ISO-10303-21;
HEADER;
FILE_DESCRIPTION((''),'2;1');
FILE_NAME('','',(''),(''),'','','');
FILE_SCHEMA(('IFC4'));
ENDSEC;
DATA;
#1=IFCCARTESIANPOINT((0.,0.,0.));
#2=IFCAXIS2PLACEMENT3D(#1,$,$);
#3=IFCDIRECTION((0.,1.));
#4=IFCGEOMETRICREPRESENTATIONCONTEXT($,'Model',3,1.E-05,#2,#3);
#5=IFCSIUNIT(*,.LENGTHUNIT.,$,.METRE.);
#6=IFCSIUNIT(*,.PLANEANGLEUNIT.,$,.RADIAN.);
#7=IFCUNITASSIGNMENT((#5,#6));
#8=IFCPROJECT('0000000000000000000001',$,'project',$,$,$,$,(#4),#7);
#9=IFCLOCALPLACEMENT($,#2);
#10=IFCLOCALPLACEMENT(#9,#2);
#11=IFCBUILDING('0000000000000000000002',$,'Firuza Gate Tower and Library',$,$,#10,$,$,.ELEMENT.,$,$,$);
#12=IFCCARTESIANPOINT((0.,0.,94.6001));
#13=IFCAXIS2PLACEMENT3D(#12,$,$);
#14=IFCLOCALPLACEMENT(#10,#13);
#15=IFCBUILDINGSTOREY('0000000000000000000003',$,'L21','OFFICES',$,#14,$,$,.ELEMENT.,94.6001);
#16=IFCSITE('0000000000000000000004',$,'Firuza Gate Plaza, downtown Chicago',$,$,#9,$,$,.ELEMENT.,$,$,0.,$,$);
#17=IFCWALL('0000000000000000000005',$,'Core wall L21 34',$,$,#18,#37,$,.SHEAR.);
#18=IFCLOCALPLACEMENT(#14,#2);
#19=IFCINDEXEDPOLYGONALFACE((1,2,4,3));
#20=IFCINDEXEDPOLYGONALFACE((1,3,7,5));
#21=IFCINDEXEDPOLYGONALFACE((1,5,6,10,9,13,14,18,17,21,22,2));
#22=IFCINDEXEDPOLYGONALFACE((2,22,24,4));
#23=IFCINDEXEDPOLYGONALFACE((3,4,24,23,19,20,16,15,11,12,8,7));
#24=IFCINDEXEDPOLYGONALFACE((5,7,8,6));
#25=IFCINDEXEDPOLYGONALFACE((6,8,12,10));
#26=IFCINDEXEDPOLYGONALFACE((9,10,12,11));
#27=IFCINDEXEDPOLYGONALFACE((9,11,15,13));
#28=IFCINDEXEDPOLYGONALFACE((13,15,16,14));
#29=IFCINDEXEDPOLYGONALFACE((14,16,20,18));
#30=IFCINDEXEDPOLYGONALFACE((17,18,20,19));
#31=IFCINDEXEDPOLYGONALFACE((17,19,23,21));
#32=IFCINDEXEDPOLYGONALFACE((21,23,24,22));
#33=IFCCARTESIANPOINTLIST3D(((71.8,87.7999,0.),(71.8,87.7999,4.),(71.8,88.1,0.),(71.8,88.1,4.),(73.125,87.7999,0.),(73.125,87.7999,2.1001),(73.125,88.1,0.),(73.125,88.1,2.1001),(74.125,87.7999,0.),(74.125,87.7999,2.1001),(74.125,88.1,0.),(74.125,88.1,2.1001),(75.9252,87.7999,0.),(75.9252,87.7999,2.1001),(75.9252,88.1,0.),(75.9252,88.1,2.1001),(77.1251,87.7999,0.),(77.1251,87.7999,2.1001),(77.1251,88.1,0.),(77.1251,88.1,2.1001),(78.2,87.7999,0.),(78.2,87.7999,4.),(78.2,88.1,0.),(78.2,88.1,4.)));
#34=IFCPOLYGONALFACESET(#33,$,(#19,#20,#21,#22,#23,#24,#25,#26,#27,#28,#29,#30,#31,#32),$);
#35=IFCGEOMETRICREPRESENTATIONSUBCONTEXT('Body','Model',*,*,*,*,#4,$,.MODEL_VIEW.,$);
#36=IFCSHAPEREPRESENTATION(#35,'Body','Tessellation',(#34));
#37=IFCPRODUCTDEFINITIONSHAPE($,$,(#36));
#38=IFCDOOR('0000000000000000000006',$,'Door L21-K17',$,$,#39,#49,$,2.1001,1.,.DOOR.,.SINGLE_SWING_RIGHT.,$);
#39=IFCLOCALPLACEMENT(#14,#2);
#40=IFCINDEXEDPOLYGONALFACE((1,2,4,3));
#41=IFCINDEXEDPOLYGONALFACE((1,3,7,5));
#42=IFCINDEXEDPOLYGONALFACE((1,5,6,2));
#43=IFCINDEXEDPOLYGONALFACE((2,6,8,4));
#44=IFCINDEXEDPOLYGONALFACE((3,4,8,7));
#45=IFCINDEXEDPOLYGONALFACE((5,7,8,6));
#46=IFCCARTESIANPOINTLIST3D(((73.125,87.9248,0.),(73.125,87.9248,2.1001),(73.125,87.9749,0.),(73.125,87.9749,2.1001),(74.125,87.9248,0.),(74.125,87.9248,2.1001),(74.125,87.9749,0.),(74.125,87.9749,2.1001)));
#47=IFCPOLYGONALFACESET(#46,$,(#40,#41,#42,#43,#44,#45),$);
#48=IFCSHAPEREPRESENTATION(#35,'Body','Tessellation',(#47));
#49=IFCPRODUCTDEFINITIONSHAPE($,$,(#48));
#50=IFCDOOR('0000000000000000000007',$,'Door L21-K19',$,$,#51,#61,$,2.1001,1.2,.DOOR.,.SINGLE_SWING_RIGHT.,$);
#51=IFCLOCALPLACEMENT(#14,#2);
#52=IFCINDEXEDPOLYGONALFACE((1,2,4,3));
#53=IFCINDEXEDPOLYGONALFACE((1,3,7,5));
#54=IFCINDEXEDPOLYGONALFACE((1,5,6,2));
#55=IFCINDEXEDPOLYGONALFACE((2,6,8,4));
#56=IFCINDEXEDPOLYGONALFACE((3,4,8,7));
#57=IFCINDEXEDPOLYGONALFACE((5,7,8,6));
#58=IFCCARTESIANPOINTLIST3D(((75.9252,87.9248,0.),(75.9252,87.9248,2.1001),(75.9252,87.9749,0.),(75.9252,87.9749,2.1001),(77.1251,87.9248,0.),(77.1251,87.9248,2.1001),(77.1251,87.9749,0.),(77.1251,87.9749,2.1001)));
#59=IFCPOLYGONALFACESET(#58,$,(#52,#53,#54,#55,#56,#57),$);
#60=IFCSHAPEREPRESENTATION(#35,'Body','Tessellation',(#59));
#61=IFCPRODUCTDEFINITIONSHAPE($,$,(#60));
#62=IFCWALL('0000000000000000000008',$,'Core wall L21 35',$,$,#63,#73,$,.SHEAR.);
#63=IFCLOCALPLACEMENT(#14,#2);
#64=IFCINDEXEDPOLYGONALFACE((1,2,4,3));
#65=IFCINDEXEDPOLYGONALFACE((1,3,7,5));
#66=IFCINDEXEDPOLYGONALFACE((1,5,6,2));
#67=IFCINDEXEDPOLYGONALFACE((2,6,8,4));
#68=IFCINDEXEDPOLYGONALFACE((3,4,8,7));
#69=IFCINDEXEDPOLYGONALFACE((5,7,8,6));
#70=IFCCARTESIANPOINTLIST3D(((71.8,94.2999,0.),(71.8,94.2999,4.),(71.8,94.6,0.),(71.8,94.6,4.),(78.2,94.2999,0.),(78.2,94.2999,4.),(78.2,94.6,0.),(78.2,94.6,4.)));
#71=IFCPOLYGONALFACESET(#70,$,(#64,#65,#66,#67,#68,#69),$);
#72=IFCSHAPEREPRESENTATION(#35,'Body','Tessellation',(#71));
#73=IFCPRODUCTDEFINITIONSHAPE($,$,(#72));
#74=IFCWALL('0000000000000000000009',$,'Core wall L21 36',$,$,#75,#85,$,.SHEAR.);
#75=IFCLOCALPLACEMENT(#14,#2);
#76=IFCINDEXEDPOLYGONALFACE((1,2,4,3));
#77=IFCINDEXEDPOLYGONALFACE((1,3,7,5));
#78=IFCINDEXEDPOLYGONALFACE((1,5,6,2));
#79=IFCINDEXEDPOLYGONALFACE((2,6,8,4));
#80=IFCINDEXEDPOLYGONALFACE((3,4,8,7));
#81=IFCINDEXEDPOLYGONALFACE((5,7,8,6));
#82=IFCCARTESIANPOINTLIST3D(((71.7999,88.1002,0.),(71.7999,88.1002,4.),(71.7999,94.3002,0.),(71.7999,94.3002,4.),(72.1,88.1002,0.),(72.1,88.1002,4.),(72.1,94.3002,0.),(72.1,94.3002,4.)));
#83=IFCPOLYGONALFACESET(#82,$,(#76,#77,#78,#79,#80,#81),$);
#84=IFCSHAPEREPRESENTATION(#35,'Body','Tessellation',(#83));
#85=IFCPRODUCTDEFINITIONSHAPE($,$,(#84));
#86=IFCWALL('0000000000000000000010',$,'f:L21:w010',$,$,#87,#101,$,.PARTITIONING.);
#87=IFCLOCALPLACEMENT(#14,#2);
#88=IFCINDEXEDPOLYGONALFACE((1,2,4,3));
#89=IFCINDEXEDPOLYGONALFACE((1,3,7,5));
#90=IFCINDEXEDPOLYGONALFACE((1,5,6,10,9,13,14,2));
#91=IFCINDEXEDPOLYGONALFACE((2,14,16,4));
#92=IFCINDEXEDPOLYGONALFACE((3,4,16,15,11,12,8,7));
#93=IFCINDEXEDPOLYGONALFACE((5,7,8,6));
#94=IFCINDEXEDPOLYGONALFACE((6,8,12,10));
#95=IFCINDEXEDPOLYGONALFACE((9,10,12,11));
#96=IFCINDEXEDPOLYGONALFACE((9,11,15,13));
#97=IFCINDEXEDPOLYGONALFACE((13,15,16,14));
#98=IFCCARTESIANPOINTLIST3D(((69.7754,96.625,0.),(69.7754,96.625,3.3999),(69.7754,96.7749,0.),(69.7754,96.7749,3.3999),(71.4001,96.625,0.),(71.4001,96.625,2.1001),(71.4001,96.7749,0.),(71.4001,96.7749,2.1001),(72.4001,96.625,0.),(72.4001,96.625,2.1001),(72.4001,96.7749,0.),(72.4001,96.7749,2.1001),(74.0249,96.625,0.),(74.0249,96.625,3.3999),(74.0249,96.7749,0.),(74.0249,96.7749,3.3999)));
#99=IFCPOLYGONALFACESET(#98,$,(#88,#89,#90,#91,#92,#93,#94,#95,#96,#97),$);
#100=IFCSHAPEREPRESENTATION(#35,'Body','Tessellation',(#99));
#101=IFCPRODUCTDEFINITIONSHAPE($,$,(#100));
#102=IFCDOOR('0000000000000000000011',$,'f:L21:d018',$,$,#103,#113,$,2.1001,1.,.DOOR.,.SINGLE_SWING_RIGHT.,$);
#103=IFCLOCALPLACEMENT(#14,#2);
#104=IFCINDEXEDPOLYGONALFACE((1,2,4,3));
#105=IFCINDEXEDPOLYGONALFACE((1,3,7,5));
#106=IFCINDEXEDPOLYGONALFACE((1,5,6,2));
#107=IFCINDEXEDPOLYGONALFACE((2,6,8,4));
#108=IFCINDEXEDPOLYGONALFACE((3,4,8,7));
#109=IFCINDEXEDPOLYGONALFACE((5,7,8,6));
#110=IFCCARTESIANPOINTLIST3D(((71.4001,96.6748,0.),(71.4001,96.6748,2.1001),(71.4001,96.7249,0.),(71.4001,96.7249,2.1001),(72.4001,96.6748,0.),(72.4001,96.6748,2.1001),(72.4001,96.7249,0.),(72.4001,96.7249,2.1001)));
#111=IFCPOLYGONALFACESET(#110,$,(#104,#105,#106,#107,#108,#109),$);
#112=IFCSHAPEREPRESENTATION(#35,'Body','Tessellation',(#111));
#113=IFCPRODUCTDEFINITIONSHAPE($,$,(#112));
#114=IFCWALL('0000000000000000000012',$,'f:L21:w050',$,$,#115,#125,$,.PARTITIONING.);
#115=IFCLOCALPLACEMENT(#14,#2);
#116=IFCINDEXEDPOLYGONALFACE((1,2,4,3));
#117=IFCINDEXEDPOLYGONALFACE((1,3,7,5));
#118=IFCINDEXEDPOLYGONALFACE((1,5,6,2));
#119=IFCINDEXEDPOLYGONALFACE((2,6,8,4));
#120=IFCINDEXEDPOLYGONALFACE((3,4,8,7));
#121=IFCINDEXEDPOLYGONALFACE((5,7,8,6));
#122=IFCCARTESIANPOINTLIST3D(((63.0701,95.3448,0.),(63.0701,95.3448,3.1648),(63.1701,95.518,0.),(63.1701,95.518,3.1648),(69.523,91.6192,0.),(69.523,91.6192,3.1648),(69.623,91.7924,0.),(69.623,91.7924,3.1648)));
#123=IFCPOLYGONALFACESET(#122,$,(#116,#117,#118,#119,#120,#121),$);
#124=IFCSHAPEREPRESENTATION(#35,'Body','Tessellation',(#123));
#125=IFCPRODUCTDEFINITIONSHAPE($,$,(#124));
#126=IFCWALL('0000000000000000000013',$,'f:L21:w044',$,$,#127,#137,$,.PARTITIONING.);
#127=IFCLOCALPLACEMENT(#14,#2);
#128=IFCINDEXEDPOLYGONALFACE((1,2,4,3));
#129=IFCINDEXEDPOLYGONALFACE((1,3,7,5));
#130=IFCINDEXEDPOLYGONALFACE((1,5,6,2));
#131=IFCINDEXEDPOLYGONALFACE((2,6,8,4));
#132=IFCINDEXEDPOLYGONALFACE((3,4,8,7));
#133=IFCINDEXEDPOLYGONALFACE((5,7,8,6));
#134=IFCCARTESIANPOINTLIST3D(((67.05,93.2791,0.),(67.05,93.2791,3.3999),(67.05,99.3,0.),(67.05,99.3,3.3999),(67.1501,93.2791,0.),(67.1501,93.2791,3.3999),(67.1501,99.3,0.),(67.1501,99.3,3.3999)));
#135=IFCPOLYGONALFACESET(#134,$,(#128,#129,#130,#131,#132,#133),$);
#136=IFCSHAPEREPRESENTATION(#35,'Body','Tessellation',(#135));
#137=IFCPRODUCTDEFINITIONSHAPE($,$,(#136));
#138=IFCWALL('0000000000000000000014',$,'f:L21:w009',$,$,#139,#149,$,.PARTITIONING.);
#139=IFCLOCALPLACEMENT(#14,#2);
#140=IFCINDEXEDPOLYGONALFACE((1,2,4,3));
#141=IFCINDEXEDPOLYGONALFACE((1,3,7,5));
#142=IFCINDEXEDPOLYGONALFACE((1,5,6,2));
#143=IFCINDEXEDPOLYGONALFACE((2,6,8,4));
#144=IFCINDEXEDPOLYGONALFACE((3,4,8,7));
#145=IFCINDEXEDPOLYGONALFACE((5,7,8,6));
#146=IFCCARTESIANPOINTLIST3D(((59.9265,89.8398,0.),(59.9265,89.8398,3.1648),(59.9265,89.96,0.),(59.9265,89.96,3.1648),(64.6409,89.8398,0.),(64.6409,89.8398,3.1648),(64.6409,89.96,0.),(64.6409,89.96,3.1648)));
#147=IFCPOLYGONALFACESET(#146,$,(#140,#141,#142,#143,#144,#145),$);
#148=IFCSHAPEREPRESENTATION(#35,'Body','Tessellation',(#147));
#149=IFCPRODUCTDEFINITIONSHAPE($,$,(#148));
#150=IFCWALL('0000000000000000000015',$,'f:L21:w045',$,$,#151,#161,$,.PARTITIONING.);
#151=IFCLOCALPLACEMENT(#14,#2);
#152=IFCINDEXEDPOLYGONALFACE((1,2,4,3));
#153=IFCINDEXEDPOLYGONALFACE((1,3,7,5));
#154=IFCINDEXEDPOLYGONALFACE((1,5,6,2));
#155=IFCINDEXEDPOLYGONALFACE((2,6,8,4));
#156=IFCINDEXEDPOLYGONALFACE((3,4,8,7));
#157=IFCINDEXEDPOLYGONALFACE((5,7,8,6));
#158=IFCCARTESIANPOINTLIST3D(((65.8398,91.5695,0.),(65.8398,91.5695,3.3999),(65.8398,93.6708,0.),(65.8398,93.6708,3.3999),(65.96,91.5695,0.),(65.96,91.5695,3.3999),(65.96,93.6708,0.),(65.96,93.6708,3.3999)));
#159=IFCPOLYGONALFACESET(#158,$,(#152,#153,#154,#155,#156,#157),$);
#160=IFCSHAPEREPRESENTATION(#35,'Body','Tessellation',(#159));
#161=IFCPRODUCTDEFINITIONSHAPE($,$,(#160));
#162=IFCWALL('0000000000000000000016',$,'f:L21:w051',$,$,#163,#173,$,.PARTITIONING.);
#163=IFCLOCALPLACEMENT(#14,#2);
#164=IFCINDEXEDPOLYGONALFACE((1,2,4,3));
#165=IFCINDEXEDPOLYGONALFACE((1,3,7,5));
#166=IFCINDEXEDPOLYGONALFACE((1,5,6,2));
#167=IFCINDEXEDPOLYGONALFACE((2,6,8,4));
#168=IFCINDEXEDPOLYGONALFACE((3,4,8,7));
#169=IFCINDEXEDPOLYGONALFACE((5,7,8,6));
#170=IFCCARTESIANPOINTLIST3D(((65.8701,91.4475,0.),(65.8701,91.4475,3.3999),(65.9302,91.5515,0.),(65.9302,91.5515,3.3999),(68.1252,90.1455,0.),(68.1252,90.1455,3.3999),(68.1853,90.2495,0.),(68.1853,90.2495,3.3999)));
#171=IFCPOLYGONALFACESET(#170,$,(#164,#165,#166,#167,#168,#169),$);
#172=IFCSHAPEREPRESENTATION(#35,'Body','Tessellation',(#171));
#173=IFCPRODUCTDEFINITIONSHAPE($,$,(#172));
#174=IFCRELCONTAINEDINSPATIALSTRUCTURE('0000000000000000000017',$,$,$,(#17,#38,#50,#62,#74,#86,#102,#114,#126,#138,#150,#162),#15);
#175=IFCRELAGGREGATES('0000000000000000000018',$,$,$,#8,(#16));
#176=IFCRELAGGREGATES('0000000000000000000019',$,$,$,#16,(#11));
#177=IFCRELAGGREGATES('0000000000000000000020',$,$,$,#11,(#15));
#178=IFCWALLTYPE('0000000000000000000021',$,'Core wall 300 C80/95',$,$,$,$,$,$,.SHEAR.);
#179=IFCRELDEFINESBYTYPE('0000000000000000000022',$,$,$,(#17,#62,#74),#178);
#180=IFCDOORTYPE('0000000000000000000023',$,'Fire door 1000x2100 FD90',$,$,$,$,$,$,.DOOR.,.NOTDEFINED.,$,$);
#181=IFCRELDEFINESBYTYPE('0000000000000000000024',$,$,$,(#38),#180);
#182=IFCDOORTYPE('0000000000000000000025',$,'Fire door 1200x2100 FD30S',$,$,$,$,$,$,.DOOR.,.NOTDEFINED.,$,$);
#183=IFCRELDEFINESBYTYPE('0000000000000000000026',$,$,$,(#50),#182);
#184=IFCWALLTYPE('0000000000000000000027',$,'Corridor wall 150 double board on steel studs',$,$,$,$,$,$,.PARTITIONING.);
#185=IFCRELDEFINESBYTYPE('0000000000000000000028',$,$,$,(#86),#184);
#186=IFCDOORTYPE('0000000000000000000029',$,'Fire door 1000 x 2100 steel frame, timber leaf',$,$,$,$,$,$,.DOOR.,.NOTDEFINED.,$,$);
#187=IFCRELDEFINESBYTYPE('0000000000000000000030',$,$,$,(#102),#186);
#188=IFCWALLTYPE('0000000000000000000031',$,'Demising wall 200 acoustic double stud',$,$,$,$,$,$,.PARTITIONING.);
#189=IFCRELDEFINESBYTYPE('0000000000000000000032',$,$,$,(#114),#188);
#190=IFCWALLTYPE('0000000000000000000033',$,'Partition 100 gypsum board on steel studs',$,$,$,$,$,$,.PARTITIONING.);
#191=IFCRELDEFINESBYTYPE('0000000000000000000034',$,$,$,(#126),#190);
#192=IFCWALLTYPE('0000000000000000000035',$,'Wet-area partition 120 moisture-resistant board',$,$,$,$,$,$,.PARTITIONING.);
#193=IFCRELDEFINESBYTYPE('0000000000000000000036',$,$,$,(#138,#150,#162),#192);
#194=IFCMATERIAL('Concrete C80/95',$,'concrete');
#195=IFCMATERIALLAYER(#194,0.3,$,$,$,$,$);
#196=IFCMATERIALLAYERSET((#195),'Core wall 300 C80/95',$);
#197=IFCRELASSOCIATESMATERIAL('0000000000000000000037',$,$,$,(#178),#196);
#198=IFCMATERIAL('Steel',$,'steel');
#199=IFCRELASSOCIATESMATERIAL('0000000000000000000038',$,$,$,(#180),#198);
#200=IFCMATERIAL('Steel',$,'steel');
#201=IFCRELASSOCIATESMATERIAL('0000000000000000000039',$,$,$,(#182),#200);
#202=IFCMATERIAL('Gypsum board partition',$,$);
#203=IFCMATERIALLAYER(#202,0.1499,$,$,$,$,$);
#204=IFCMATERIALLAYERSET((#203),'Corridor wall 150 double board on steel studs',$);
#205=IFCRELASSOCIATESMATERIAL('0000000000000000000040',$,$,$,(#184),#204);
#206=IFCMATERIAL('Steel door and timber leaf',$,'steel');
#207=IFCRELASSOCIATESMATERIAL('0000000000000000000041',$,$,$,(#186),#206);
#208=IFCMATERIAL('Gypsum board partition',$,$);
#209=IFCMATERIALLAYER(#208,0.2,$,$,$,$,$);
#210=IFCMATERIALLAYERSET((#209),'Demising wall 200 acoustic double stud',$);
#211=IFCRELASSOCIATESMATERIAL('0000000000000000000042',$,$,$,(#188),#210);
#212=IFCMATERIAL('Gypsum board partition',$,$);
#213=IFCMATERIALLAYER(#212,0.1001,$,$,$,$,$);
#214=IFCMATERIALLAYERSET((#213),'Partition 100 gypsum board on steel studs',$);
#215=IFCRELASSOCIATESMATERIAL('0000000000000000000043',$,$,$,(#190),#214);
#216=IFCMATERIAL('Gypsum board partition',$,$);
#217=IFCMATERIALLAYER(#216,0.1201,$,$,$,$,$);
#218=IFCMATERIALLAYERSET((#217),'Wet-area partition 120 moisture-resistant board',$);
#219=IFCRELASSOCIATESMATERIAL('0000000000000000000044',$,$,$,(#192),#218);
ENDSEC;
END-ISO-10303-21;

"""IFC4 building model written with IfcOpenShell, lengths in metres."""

from ifc_helpers import new_model, si_unit, direction, frame, frame_2d, origin, place, context, subcontext, project, spatial, rectangle, extrude, material, layer, layer_set, type_object, element, fill, save


model = new_model("IFC4")

# Units and contexts
model_context = context("Model", 3, precision=1e-05, world=origin(), true_north=direction((0.0, 1.0)))
body_context = subcontext(model_context, "Body", "Model", "MODEL_VIEW")
ifc_project = project(units=[si_unit("LENGTHUNIT", "METRE"), si_unit("PLANEANGLEUNIT", "RADIAN")], contexts=[model_context])

# Site, building, storey
site_placement = place(None, origin())
site = spatial("IfcSite", under=ifc_project, at=site_placement, Name="Firuza Gate Plaza, downtown Chicago", CompositionType="ELEMENT", RefElevation=0.0)
building_placement = place(site_placement, origin())
building = spatial("IfcBuilding", under=site, at=building_placement, Name="Firuza Gate Tower and Library", CompositionType="ELEMENT")
storey_placement = place(building_placement, frame((0.0, 0.0, 94.6001)))
storey = spatial("IfcBuildingStorey", under=building, at=storey_placement, Name="L21", Description="OFFICES", CompositionType="ELEMENT", Elevation=94.6001)

# Wall, openings, doors
ifc_material_1 = material(Name="Concrete C80/95", Category="concrete")
ifc_layer_1 = layer(ifc_material_1, 0.3)
ifc_layer_set_1 = layer_set([ifc_layer_1], Name="Core wall 300 C80/95")
wall_type_1 = type_object("IfcWallType", Name="Core wall 300 C80/95", PredefinedType="SHEAR", material=ifc_layer_set_1)
wall_1_placement = place(storey_placement, frame((71.8, 87.95, 0.0), z_axis=(0.0, 0.0, 1.0), x_axis=(1.0, 0.0, 0.0)))
wall_1 = element("IfcWall", 1, at=wall_1_placement, inside=storey, type_object=wall_type_1, Name="Core wall L21 34", PredefinedType="SHEAR", context=body_context, shape_type="SweptSolid", body=[
    extrude(rectangle(XDim=6.3999, YDim=0.3, at=frame_2d((3.2, 0.0))), origin(), (0.0, 0.0, 1.0), 4.0),
])
opening_1_placement = place(wall_1_placement, frame((1.325, 0.0, 0.0)))
opening_1 = element("IfcOpeningElement", 2, at=opening_1_placement, cuts=wall_1, PredefinedType="OPENING", context=body_context, shape_type="SweptSolid", body=[
    extrude(rectangle(XDim=1.0, YDim=2.1001, at=frame_2d((0.5, 1.05))), frame((0.0, 0.1602, 0.0), z_axis=(0.0, -1.0, 0.0), x_axis=(1.0, 0.0, 0.0)), (0.0, 0.0, 1.0), 0.3201),
])
opening_2_placement = place(wall_1_placement, frame((4.125, 0.0, 0.0)))
opening_2 = element("IfcOpeningElement", 3, at=opening_2_placement, cuts=wall_1, PredefinedType="OPENING", context=body_context, shape_type="SweptSolid", body=[
    extrude(rectangle(XDim=1.2, YDim=2.1001, at=frame_2d((0.6001, 1.05))), frame((0.0, 0.1602, 0.0), z_axis=(0.0, -1.0, 0.0), x_axis=(1.0, 0.0, 0.0)), (0.0, 0.0, 1.0), 0.3201),
])
ifc_material_2 = material(Name="Steel", Category="steel")
door_type_1 = type_object("IfcDoorType", Name="Fire door 1000x2100 FD90", OperationType="NOTDEFINED", PredefinedType="DOOR", material=ifc_material_2)
door_1_placement = place(opening_1_placement, origin())
door_1 = element("IfcDoor", 4, at=door_1_placement, inside=storey, type_object=door_type_1, Name="Door L21-K17", OperationType="SINGLE_SWING_RIGHT", OverallHeight=2.1001, OverallWidth=1.0, PredefinedType="DOOR", context=body_context, shape_type="SweptSolid", body=[
    extrude(rectangle(XDim=1.0, YDim=2.1001, at=frame_2d((0.5, 1.05))), frame((0.0, 0.0249, 0.0), z_axis=(0.0, -1.0, 0.0), x_axis=(1.0, 0.0, 0.0)), (0.0, 0.0, 1.0), 0.05),
])
fill(opening_1, door_1)
ifc_material_3 = material(Name="Steel", Category="steel")
door_type_2 = type_object("IfcDoorType", Name="Fire door 1200x2100 FD30S", OperationType="NOTDEFINED", PredefinedType="DOOR", material=ifc_material_3)
door_2_placement = place(opening_2_placement, origin())
door_2 = element("IfcDoor", 5, at=door_2_placement, inside=storey, type_object=door_type_2, Name="Door L21-K19", OperationType="SINGLE_SWING_RIGHT", OverallHeight=2.1001, OverallWidth=1.2, PredefinedType="DOOR", context=body_context, shape_type="SweptSolid", body=[
    extrude(rectangle(XDim=1.2, YDim=2.1001, at=frame_2d((0.6001, 1.05))), frame((0.0, 0.0249, 0.0), z_axis=(0.0, -1.0, 0.0), x_axis=(1.0, 0.0, 0.0)), (0.0, 0.0, 1.0), 0.05),
])
fill(opening_2, door_2)

# Walls
wall_2_placement = place(storey_placement, frame((71.8, 94.45, 0.0), z_axis=(0.0, 0.0, 1.0), x_axis=(1.0, 0.0, 0.0)))
element("IfcWall", 6, at=wall_2_placement, inside=storey, type_object=wall_type_1, Name="Core wall L21 35", PredefinedType="SHEAR", context=body_context, shape_type="SweptSolid", body=[
    extrude(rectangle(XDim=6.3999, YDim=0.3, at=frame_2d((3.2, 0.0))), origin(), (0.0, 0.0, 1.0), 4.0),
])
wall_3_placement = place(storey_placement, frame((71.95, 88.1001, 0.0), z_axis=(0.0, 0.0, 1.0), x_axis=(0.0, 1.0, 0.0)))
element("IfcWall", 7, at=wall_3_placement, inside=storey, type_object=wall_type_1, Name="Core wall L21 36", PredefinedType="SHEAR", context=body_context, shape_type="SweptSolid", body=[
    extrude(rectangle(XDim=6.2, YDim=0.3, at=frame_2d((3.1001, 0.0))), origin(), (0.0, 0.0, 1.0), 4.0),
])

# Wall, opening, door
ifc_material_4 = material(Name="Gypsum board partition")
ifc_layer_2 = layer(ifc_material_4, 0.1499)
ifc_layer_set_2 = layer_set([ifc_layer_2], Name="Corridor wall 150 double board on steel studs")
wall_type_2 = type_object("IfcWallType", Name="Corridor wall 150 double board on steel studs", PredefinedType="PARTITIONING", material=ifc_layer_set_2)
wall_4_placement = place(storey_placement, frame((69.7754, 96.7, 0.0), z_axis=(0.0, 0.0, 1.0), x_axis=(1.0, 0.0, 0.0)))
wall_4 = element("IfcWall", 8, at=wall_4_placement, inside=storey, type_object=wall_type_2, Name="f:L21:w010", PredefinedType="PARTITIONING", context=body_context, shape_type="SweptSolid", body=[
    extrude(rectangle(XDim=4.2495, YDim=0.1499, at=frame_2d((2.1248, 0.0))), origin(), (0.0, 0.0, 1.0), 3.3999),
])
opening_3_placement = place(wall_4_placement, frame((1.6248, 0.0, 0.0)))
opening_3 = element("IfcOpeningElement", 9, at=opening_3_placement, cuts=wall_4, PredefinedType="OPENING", context=body_context, shape_type="SweptSolid", body=[
    extrude(rectangle(XDim=1.0, YDim=2.1001, at=frame_2d((0.5, 1.05))), frame((0.0, 0.085, 0.0), z_axis=(0.0, -1.0, 0.0), x_axis=(1.0, 0.0, 0.0)), (0.0, 0.0, 1.0), 0.1699),
])
ifc_material_5 = material(Name="Steel door and timber leaf", Category="steel")
door_type_3 = type_object("IfcDoorType", Name="Fire door 1000 x 2100 steel frame, timber leaf", OperationType="NOTDEFINED", PredefinedType="DOOR", material=ifc_material_5)
door_3_placement = place(opening_3_placement, origin())
door_3 = element("IfcDoor", 10, at=door_3_placement, inside=storey, type_object=door_type_3, Name="f:L21:d018", OperationType="SINGLE_SWING_RIGHT", OverallHeight=2.1001, OverallWidth=1.0, PredefinedType="DOOR", context=body_context, shape_type="SweptSolid", body=[
    extrude(rectangle(XDim=1.0, YDim=2.1001, at=frame_2d((0.5, 1.05))), frame((0.0, 0.0249, 0.0), z_axis=(0.0, -1.0, 0.0), x_axis=(1.0, 0.0, 0.0)), (0.0, 0.0, 1.0), 0.05),
])
fill(opening_3, door_3)

# Walls
ifc_material_6 = material(Name="Gypsum board partition")
ifc_layer_3 = layer(ifc_material_6, 0.2)
ifc_layer_set_3 = layer_set([ifc_layer_3], Name="Demising wall 200 acoustic double stud")
wall_type_3 = type_object("IfcWallType", Name="Demising wall 200 acoustic double stud", PredefinedType="PARTITIONING", material=ifc_layer_set_3)
wall_5_placement = place(storey_placement, frame((69.573, 91.7058, 0.0), z_axis=(0.0, 0.0, 1.0), x_axis=(-0.866025, 0.500001, 0.0)))
element("IfcWall", 11, at=wall_5_placement, inside=storey, type_object=wall_type_3, Name="f:L21:w050", PredefinedType="PARTITIONING", context=body_context, shape_type="SweptSolid", body=[
    extrude(rectangle(XDim=7.4512, YDim=0.2, at=frame_2d((3.7256, 0.0))), origin(), (0.0, 0.0, 1.0), 3.1648),
])
ifc_material_7 = material(Name="Gypsum board partition")
ifc_layer_4 = layer(ifc_material_7, 0.1001)
ifc_layer_set_4 = layer_set([ifc_layer_4], Name="Partition 100 gypsum board on steel studs")
wall_type_4 = type_object("IfcWallType", Name="Partition 100 gypsum board on steel studs", PredefinedType="PARTITIONING", material=ifc_layer_set_4)
wall_6_placement = place(storey_placement, frame((67.1001, 93.2791, 0.0), z_axis=(0.0, 0.0, 1.0), x_axis=(0.0, 1.0, 0.0)))
element("IfcWall", 12, at=wall_6_placement, inside=storey, type_object=wall_type_4, Name="f:L21:w044", PredefinedType="PARTITIONING", context=body_context, shape_type="SweptSolid", body=[
    extrude(rectangle(XDim=6.021, YDim=0.1001, at=frame_2d((3.0105, 0.0))), origin(), (0.0, 0.0, 1.0), 3.3999),
])
ifc_material_8 = material(Name="Gypsum board partition")
ifc_layer_5 = layer(ifc_material_8, 0.1201)
ifc_layer_set_5 = layer_set([ifc_layer_5], Name="Wet-area partition 120 moisture-resistant board")
wall_type_5 = type_object("IfcWallType", Name="Wet-area partition 120 moisture-resistant board", PredefinedType="PARTITIONING", material=ifc_layer_set_5)
wall_7_placement = place(storey_placement, frame((59.9265, 89.8999, 0.0), z_axis=(0.0, 0.0, 1.0), x_axis=(1.0, 0.0, 0.0)))
element("IfcWall", 13, at=wall_7_placement, inside=storey, type_object=wall_type_5, Name="f:L21:w009", PredefinedType="PARTITIONING", context=body_context, shape_type="SweptSolid", body=[
    extrude(rectangle(XDim=4.7144, YDim=0.1201, at=frame_2d((2.3572, 0.0))), origin(), (0.0, 0.0, 1.0), 3.1648),
])
wall_8_placement = place(storey_placement, frame((65.8999, 91.5693, 0.0), z_axis=(0.0, 0.0, 1.0), x_axis=(0.0, 1.0, 0.0)))
element("IfcWall", 14, at=wall_8_placement, inside=storey, type_object=wall_type_5, Name="f:L21:w045", PredefinedType="PARTITIONING", context=body_context, shape_type="SweptSolid", body=[
    extrude(rectangle(XDim=2.1013, YDim=0.1201, at=frame_2d((1.0508, 0.0))), origin(), (0.0, 0.0, 1.0), 3.3999),
])
wall_9_placement = place(storey_placement, frame((68.1553, 90.1975, 0.0), z_axis=(0.0, 0.0, 1.0), x_axis=(-0.866025, 0.500001, 0.0)))
element("IfcWall", 15, at=wall_9_placement, inside=storey, type_object=wall_type_5, Name="f:L21:w051", PredefinedType="PARTITIONING", context=body_context, shape_type="SweptSolid", body=[
    extrude(rectangle(XDim=2.604, YDim=0.1201, at=frame_2d((1.302, 0.0))), origin(), (0.0, 0.0, 1.0), 3.3999),
])

save(model, "model.ifc")
